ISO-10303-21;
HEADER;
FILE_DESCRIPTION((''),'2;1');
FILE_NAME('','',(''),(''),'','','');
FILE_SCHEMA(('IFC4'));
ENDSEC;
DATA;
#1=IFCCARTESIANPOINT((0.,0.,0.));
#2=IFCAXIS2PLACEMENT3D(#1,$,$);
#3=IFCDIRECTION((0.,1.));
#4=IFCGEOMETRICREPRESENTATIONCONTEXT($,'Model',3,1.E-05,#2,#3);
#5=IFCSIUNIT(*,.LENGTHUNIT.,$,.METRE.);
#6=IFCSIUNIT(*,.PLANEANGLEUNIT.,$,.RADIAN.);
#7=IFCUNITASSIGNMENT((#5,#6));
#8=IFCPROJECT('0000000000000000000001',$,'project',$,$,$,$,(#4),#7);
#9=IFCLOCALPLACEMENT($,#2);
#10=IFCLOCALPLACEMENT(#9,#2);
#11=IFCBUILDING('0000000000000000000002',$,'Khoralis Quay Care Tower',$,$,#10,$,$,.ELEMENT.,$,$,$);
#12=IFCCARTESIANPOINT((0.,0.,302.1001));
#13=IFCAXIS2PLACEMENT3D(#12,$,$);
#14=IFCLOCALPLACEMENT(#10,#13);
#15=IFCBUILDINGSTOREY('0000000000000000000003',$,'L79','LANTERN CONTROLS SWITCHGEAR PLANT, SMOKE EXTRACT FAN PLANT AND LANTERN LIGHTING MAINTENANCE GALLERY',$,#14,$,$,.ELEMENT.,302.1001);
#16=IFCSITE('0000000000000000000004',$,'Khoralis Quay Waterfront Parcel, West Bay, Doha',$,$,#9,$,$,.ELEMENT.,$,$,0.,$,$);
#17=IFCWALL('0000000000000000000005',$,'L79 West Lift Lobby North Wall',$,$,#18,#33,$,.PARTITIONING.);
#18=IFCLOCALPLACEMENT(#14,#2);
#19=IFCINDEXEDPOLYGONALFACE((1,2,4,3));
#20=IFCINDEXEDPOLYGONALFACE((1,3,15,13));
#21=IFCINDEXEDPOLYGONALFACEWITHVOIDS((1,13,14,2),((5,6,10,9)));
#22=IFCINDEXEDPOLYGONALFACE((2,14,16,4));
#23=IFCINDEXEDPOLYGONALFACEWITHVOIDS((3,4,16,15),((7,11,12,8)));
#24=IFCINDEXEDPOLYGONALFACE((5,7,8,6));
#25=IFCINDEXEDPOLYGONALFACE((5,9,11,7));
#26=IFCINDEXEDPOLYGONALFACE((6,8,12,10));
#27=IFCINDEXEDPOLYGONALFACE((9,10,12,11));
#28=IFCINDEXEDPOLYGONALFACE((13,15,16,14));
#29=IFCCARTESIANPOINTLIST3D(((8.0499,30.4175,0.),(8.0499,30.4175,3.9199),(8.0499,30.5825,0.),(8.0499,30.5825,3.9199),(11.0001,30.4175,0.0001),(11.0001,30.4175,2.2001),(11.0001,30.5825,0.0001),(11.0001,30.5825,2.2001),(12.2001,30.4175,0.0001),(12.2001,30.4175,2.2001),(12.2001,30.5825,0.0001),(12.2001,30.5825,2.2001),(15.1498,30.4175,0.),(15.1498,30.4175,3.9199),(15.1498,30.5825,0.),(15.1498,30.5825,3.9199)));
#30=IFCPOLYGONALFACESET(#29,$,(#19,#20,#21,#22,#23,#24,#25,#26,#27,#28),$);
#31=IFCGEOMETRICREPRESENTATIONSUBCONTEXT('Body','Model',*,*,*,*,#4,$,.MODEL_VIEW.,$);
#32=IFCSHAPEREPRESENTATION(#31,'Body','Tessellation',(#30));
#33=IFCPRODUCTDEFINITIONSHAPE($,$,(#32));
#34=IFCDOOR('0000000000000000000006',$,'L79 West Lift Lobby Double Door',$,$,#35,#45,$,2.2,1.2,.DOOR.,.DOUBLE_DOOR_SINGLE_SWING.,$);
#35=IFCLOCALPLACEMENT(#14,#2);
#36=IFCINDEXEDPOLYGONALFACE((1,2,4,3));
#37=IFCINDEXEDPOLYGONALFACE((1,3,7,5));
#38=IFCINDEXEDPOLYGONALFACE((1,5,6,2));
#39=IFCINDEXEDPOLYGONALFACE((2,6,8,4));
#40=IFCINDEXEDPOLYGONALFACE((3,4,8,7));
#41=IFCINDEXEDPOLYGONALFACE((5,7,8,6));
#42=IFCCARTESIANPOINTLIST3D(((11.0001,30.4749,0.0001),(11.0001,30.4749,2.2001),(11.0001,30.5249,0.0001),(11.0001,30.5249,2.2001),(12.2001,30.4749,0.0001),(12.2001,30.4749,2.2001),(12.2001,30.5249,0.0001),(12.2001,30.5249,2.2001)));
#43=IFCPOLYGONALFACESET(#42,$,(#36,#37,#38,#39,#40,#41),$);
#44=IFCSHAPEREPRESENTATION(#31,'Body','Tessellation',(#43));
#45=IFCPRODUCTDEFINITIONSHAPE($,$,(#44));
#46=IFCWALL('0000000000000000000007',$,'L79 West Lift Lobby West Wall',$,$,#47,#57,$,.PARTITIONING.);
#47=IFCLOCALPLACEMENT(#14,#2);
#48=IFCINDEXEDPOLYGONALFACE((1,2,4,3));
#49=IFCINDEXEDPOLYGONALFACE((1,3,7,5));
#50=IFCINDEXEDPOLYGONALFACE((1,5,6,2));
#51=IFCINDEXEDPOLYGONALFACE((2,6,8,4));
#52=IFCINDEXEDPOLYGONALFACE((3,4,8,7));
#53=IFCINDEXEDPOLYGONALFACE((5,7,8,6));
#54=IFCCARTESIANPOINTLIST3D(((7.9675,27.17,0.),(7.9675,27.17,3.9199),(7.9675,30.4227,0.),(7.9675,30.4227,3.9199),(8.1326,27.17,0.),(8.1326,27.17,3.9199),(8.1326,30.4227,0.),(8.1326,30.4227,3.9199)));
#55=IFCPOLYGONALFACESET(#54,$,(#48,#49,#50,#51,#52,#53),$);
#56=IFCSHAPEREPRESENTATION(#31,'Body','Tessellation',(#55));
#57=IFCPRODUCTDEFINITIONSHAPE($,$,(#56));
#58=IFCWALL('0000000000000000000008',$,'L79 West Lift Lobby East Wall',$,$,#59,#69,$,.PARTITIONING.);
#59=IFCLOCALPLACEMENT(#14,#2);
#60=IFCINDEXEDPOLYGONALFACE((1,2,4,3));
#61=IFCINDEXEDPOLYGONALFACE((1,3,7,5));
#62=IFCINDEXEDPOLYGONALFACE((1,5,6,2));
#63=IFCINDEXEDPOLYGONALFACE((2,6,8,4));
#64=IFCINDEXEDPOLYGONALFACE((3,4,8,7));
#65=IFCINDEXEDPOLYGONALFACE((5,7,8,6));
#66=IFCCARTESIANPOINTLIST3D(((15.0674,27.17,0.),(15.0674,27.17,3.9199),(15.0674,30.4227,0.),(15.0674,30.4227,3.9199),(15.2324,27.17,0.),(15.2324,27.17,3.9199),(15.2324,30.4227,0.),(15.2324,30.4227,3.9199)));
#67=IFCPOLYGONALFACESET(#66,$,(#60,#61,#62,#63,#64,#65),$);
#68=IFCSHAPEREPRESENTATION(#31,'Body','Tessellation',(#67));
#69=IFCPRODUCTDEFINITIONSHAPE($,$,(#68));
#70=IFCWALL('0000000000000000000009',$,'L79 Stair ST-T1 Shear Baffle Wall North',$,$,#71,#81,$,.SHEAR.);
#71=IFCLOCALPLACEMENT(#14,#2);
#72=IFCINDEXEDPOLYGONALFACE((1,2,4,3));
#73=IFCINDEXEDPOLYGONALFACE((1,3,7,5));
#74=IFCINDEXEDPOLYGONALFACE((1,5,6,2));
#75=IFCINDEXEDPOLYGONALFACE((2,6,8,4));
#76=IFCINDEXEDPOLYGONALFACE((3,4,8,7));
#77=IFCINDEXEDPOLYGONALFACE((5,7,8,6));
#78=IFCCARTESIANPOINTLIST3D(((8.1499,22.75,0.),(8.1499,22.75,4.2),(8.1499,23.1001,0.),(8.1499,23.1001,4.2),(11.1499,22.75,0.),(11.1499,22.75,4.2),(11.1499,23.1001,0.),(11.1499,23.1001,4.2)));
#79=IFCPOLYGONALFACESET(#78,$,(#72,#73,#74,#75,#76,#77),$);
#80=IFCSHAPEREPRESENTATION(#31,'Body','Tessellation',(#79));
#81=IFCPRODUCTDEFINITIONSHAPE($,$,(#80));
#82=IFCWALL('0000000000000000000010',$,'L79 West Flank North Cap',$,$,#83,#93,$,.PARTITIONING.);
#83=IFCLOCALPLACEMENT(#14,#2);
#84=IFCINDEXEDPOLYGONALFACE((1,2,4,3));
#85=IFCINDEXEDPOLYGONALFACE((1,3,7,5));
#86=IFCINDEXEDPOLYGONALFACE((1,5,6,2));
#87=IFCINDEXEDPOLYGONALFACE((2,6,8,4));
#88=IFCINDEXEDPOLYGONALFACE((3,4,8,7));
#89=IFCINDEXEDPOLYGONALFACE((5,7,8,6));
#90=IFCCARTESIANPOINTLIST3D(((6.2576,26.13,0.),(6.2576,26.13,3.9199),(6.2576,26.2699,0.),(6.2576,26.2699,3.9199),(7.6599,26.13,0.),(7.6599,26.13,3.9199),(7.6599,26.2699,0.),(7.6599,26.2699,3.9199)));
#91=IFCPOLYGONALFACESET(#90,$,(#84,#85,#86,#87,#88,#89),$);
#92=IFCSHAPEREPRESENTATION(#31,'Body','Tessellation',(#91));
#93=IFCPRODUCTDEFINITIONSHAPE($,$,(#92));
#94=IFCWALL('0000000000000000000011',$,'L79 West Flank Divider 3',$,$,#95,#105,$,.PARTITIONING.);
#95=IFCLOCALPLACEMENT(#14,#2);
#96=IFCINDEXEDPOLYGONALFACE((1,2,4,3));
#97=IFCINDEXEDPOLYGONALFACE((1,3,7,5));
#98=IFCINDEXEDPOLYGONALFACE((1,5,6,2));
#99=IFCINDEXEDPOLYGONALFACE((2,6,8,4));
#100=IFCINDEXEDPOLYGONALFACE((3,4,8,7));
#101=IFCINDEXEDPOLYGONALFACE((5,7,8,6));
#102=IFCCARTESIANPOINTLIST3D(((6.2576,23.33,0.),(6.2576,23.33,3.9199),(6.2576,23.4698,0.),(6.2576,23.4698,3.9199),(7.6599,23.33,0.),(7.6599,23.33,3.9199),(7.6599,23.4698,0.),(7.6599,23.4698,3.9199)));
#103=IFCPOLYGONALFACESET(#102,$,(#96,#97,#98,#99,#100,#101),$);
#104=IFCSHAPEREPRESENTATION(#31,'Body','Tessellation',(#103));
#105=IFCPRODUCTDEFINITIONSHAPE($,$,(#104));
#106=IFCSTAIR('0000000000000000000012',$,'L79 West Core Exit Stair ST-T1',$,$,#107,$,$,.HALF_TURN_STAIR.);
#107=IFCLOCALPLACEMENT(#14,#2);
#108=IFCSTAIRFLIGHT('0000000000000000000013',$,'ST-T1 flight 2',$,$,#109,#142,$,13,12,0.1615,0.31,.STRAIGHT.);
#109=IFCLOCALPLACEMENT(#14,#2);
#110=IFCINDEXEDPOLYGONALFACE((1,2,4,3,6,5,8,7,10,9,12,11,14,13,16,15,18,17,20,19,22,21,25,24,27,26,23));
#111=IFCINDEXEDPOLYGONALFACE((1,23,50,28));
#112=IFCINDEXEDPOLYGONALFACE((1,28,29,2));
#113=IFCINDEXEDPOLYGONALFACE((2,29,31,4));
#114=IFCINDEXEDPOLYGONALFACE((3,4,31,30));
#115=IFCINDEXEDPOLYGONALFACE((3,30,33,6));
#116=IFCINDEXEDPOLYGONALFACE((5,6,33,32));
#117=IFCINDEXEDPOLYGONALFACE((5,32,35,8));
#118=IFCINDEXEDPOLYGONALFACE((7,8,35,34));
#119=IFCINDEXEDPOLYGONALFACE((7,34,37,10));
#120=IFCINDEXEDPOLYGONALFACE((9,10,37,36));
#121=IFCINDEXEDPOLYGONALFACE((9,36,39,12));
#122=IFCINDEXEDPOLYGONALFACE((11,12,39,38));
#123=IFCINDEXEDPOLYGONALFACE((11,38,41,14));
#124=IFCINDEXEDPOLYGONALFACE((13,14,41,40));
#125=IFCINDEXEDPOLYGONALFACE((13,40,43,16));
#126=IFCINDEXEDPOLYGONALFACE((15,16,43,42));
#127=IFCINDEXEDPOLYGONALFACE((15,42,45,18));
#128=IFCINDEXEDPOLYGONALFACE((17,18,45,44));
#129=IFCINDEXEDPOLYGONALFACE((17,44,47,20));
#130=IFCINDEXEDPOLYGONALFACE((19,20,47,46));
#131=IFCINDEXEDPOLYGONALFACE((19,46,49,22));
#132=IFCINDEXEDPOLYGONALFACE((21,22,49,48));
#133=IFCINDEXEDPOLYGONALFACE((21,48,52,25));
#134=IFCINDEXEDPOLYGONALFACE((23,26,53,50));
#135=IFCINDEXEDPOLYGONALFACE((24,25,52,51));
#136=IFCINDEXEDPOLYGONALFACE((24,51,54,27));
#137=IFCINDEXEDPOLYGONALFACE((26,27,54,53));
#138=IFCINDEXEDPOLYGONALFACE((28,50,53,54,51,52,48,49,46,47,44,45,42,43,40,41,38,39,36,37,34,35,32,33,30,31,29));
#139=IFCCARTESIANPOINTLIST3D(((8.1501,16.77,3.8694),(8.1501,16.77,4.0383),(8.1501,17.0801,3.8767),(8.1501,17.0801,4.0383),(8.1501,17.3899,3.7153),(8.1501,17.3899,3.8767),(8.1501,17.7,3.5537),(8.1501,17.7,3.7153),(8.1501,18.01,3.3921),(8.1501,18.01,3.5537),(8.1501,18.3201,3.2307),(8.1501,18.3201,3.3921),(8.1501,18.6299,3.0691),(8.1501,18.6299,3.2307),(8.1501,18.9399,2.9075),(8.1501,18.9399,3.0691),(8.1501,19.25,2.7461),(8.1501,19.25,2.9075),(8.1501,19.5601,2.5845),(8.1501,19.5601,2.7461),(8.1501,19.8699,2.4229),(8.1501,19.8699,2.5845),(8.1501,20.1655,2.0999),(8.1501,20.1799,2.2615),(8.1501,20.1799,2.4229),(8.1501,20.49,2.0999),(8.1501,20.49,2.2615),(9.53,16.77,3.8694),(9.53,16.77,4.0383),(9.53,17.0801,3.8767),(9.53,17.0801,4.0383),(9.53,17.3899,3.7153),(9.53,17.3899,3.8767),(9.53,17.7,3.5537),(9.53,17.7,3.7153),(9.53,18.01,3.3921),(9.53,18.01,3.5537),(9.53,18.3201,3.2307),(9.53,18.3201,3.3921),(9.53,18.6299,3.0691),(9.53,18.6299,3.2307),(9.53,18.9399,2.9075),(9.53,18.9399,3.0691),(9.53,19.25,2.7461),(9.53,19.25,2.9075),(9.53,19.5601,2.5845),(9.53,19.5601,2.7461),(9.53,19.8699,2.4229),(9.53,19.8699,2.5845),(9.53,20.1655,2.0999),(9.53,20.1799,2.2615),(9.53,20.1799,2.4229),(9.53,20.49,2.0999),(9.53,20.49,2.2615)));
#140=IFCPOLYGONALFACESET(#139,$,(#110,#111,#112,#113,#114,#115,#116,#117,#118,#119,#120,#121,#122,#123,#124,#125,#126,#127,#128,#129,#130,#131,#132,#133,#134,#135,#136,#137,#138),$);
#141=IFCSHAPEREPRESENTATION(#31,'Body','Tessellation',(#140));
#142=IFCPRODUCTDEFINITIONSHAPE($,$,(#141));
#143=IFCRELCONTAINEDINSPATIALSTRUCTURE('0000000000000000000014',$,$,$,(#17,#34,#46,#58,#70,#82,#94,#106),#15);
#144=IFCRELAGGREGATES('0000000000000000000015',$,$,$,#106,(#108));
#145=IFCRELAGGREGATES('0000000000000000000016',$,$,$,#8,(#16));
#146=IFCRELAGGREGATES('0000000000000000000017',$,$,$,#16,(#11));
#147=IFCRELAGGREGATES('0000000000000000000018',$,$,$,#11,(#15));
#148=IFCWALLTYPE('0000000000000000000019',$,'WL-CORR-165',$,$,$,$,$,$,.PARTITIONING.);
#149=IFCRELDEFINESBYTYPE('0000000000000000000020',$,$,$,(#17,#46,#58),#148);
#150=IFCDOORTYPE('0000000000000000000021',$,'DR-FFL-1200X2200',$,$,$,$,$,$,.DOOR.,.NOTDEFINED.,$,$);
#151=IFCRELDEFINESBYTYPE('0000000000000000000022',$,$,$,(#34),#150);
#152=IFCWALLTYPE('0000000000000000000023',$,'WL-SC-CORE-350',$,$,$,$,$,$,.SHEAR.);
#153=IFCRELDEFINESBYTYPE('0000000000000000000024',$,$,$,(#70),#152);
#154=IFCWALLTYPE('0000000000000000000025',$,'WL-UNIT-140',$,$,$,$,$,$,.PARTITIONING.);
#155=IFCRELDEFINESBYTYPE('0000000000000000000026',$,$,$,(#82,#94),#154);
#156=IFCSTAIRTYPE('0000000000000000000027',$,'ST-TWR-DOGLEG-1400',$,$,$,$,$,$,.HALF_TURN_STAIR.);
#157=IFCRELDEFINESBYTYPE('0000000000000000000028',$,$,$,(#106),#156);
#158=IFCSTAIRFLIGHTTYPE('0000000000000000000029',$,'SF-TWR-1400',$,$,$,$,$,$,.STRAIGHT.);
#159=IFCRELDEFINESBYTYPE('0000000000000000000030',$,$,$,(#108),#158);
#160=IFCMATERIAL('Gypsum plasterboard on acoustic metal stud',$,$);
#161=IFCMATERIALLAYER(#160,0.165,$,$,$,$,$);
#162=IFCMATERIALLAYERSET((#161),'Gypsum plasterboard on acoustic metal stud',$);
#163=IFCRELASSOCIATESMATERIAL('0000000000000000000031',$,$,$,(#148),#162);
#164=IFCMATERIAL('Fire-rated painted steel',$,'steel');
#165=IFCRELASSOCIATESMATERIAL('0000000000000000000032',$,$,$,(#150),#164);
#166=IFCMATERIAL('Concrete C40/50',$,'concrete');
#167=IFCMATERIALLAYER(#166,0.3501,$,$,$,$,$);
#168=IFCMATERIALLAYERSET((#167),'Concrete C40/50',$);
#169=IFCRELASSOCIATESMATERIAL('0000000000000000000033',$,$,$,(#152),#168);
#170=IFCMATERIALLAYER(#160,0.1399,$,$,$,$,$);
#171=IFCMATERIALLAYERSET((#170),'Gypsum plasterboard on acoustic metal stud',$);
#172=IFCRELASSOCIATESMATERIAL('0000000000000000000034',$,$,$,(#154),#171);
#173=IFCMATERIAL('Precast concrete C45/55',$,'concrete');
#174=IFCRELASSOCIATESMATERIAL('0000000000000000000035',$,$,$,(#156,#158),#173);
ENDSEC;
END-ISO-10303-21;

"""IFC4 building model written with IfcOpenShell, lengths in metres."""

from ifc_helpers import new_model, si_unit, direction, frame, frame_2d, origin, place, context, subcontext, project, spatial, polyline, rectangle, outline, extrude, source, transform, mapped, material, layer, layer_set, type_object, element, fill, aggregate, save


model = new_model("IFC4")

# Units and contexts
model_context = context("Model", 3, precision=1e-05, world=origin(), true_north=direction((0.0, 1.0)))
body_context = subcontext(model_context, "Body", "Model", "MODEL_VIEW")
ifc_project = project(units=[si_unit("LENGTHUNIT", "METRE"), si_unit("PLANEANGLEUNIT", "RADIAN")], contexts=[model_context])

# Site, building, storey
site_placement = place(None, origin())
site = spatial("IfcSite", under=ifc_project, at=site_placement, Name="Khoralis Quay Waterfront Parcel, West Bay, Doha", CompositionType="ELEMENT", RefElevation=0.0)
building_placement = place(site_placement, origin())
building = spatial("IfcBuilding", under=site, at=building_placement, Name="Khoralis Quay Care Tower", CompositionType="ELEMENT")
storey_placement = place(building_placement, frame((0.0, 0.0, 302.1001)))
storey = spatial("IfcBuildingStorey", under=building, at=storey_placement, Name="L79", Description="LANTERN CONTROLS SWITCHGEAR PLANT, SMOKE EXTRACT FAN PLANT AND LANTERN LIGHTING MAINTENANCE GALLERY", CompositionType="ELEMENT", Elevation=302.1001)

# Shared definitions
ifc_material_1 = material(Name="Gypsum plasterboard on acoustic metal stud")
ifc_material_2 = material(Name="Fire-rated painted steel", Category="steel")

# Wall, opening, door
ifc_layer_1 = layer(ifc_material_1, 0.165)
ifc_layer_set_1 = layer_set([ifc_layer_1], Name="Gypsum plasterboard on acoustic metal stud")
wall_type_1 = type_object("IfcWallType", Name="WL-CORR-165", PredefinedType="PARTITIONING", material=ifc_layer_set_1)
wall_1_placement = place(storey_placement, frame((8.05, 30.5, 0.0), z_axis=(0.0, 0.0, 1.0), x_axis=(1.0, 0.0, 0.0)))
wall_1 = element("IfcWall", 1, at=wall_1_placement, inside=storey, type_object=wall_type_1, Name="L79 West Lift Lobby North Wall", PredefinedType="PARTITIONING", context=body_context, shape_type="SweptSolid", body=[
    extrude(rectangle(XDim=7.0999, YDim=0.165, at=frame_2d((3.5498, 0.0))), origin(), (0.0, 0.0, 1.0), 3.9199),
])
opening_1_placement = place(wall_1_placement, frame((2.95, 0.0, 0.0)))
opening_1 = element("IfcOpeningElement", 2, at=opening_1_placement, cuts=wall_1, PredefinedType="OPENING", context=body_context, shape_type="SweptSolid", body=[
    extrude(rectangle(XDim=1.2, YDim=2.2, at=frame_2d((0.6001, 1.1001))), frame((0.0, 0.0925, 0.0), z_axis=(0.0, -1.0, 0.0), x_axis=(1.0, 0.0, 0.0)), (0.0, 0.0, 1.0), 0.1851),
])
door_type_1 = type_object("IfcDoorType", Name="DR-FFL-1200X2200", OperationType="NOTDEFINED", PredefinedType="DOOR", material=ifc_material_2)
shared_shape_1 = source(origin(), body_context, "Body", "SweptSolid", [
    extrude(rectangle(XDim=1.2, YDim=2.2, at=frame_2d((0.6001, 1.1001))), frame((0.0, 0.0249, 0.0), z_axis=(0.0, -1.0, 0.0), x_axis=(1.0, 0.0, 0.0)), (0.0, 0.0, 1.0), 0.05),
])
door_1_placement = place(opening_1_placement, origin())
door_1 = element("IfcDoor", 3, at=door_1_placement, inside=storey, type_object=door_type_1, Name="L79 West Lift Lobby Double Door", OperationType="DOUBLE_DOOR_SINGLE_SWING", OverallHeight=2.2, OverallWidth=1.2, PredefinedType="DOOR", context=body_context, shape_type="MappedRepresentation", body=[
    mapped(shared_shape_1, transform((0.0, 0.0, 0.0), scale=1.0)),
])
fill(opening_1, door_1)

# Walls
for number, where, z_axis, x_axis, name in (
    (4, (8.05, 27.1699, 0.0), (0.0, 0.0, 1.0), (0.0, 1.0, 0.0), "L79 West Lift Lobby West Wall"),
    (5, (15.1499, 27.1699, 0.0), (0.0, 0.0, 1.0), (0.0, 1.0, 0.0), "L79 West Lift Lobby East Wall"),
):
    element("IfcWall", number, at=place(storey_placement, frame(where, z_axis=z_axis, x_axis=x_axis)), inside=storey, type_object=wall_type_1, Name=name, PredefinedType="PARTITIONING", context=body_context, shape_type="SweptSolid", body=[
        extrude(rectangle(XDim=3.2527, YDim=0.165, at=frame_2d((1.6265, 0.0))), origin(), (0.0, 0.0, 1.0), 3.9199),
    ])
ifc_material_3 = material(Name="Concrete C40/50", Category="concrete")
ifc_layer_2 = layer(ifc_material_3, 0.3501)
ifc_layer_set_2 = layer_set([ifc_layer_2], Name="Concrete C40/50")
wall_type_2 = type_object("IfcWallType", Name="WL-SC-CORE-350", PredefinedType="SHEAR", material=ifc_layer_set_2)
wall_2_placement = place(storey_placement, frame((8.1499, 22.925, 0.0), z_axis=(0.0, 0.0, 1.0), x_axis=(1.0, 0.0, 0.0)))
element("IfcWall", 6, at=wall_2_placement, inside=storey, type_object=wall_type_2, Name="L79 Stair ST-T1 Shear Baffle Wall North", PredefinedType="SHEAR", context=body_context, shape_type="SweptSolid", body=[
    extrude(rectangle(XDim=3.0, YDim=0.3501, at=frame_2d((1.5, 0.0))), origin(), (0.0, 0.0, 1.0), 4.2),
])
ifc_layer_3 = layer(ifc_material_1, 0.1399)
ifc_layer_set_3 = layer_set([ifc_layer_3], Name="Gypsum plasterboard on acoustic metal stud")
wall_type_3 = type_object("IfcWallType", Name="WL-UNIT-140", PredefinedType="PARTITIONING", material=ifc_layer_set_3)
for number, where, z_axis, x_axis, name in (
    (7, (6.2576, 26.2, 0.0), (0.0, 0.0, 1.0), (1.0, 0.0, 0.0), "L79 West Flank North Cap"),
    (8, (6.2576, 23.3999, 0.0), (0.0, 0.0, 1.0), (1.0, 0.0, 0.0), "L79 West Flank Divider 3"),
):
    element("IfcWall", number, at=place(storey_placement, frame(where, z_axis=z_axis, x_axis=x_axis)), inside=storey, type_object=wall_type_3, Name=name, PredefinedType="PARTITIONING", context=body_context, shape_type="SweptSolid", body=[
        extrude(rectangle(XDim=1.4023, YDim=0.1399, at=frame_2d((0.7012, 0.0))), origin(), (0.0, 0.0, 1.0), 3.9199),
    ])

# Stair, stair flight
ifc_material_4 = material(Name="Precast concrete C45/55", Category="concrete")
stair_type = type_object("IfcStairType", Name="ST-TWR-DOGLEG-1400", PredefinedType="HALF_TURN_STAIR", material=ifc_material_4)
stair_placement = place(storey_placement, origin())
stair = element("IfcStair", 9, at=stair_placement, inside=storey, type_object=stair_type, Name="L79 West Core Exit Stair ST-T1", PredefinedType="HALF_TURN_STAIR")
stair_flight_type = type_object("IfcStairFlightType", Name="SF-TWR-1400", PredefinedType="STRAIGHT", material=ifc_material_4)
shared_shape_2 = source(origin(), body_context, "Body", "SweptSolid", [
    extrude(outline(polyline([(0.0, 0.0), (0.0, 0.1616), (0.3101, 0.1616), (0.3101, 0.323), (0.6201, 0.323), (0.6201, 0.4846), (0.9299, 0.4846), (0.9299, 0.6462), (1.24, 0.6462), (1.24, 0.8076), (1.55, 0.8076), (1.55, 0.9692), (1.8601, 0.9692), (1.8601, 1.1309), (2.1699, 1.1309), (2.1699, 1.2922), (2.48, 1.2922), (2.48, 1.4539), (2.79, 1.4539), (2.79, 1.6155), (3.1001, 1.6155), (3.1001, 1.7769), (3.4099, 1.7769), (3.4099, 1.9385), (3.72, 1.9385), (3.72, 2.1001), (3.72, 1.7695), (0.3245, 0.0), (0.0, 0.0)])), frame((0.0, 0.6899, 0.0), z_axis=(0.0, -1.0, 0.0), x_axis=(1.0, 0.0, 0.0)), (0.0, 0.0, 1.0), 1.3799),
])
stair_flight_placement = place(storey_placement, frame((8.8401, 20.49, 2.0999), z_axis=(0.0, 0.0, 1.0), x_axis=(0.0, -1.0, 0.0)))
stair_flight = element("IfcStairFlight", 10, at=stair_flight_placement, type_object=stair_flight_type, Name="ST-T1 flight 2", NumberOfRisers=13, NumberOfTreads=12, PredefinedType="STRAIGHT", RiserHeight=0.1615, TreadLength=0.31, context=body_context, shape_type="MappedRepresentation", body=[
    mapped(shared_shape_2, transform((0.0, 0.0, 0.0), scale=1.0)),
])
aggregate(stair, [stair_flight])

save(model, "model.ifc")
